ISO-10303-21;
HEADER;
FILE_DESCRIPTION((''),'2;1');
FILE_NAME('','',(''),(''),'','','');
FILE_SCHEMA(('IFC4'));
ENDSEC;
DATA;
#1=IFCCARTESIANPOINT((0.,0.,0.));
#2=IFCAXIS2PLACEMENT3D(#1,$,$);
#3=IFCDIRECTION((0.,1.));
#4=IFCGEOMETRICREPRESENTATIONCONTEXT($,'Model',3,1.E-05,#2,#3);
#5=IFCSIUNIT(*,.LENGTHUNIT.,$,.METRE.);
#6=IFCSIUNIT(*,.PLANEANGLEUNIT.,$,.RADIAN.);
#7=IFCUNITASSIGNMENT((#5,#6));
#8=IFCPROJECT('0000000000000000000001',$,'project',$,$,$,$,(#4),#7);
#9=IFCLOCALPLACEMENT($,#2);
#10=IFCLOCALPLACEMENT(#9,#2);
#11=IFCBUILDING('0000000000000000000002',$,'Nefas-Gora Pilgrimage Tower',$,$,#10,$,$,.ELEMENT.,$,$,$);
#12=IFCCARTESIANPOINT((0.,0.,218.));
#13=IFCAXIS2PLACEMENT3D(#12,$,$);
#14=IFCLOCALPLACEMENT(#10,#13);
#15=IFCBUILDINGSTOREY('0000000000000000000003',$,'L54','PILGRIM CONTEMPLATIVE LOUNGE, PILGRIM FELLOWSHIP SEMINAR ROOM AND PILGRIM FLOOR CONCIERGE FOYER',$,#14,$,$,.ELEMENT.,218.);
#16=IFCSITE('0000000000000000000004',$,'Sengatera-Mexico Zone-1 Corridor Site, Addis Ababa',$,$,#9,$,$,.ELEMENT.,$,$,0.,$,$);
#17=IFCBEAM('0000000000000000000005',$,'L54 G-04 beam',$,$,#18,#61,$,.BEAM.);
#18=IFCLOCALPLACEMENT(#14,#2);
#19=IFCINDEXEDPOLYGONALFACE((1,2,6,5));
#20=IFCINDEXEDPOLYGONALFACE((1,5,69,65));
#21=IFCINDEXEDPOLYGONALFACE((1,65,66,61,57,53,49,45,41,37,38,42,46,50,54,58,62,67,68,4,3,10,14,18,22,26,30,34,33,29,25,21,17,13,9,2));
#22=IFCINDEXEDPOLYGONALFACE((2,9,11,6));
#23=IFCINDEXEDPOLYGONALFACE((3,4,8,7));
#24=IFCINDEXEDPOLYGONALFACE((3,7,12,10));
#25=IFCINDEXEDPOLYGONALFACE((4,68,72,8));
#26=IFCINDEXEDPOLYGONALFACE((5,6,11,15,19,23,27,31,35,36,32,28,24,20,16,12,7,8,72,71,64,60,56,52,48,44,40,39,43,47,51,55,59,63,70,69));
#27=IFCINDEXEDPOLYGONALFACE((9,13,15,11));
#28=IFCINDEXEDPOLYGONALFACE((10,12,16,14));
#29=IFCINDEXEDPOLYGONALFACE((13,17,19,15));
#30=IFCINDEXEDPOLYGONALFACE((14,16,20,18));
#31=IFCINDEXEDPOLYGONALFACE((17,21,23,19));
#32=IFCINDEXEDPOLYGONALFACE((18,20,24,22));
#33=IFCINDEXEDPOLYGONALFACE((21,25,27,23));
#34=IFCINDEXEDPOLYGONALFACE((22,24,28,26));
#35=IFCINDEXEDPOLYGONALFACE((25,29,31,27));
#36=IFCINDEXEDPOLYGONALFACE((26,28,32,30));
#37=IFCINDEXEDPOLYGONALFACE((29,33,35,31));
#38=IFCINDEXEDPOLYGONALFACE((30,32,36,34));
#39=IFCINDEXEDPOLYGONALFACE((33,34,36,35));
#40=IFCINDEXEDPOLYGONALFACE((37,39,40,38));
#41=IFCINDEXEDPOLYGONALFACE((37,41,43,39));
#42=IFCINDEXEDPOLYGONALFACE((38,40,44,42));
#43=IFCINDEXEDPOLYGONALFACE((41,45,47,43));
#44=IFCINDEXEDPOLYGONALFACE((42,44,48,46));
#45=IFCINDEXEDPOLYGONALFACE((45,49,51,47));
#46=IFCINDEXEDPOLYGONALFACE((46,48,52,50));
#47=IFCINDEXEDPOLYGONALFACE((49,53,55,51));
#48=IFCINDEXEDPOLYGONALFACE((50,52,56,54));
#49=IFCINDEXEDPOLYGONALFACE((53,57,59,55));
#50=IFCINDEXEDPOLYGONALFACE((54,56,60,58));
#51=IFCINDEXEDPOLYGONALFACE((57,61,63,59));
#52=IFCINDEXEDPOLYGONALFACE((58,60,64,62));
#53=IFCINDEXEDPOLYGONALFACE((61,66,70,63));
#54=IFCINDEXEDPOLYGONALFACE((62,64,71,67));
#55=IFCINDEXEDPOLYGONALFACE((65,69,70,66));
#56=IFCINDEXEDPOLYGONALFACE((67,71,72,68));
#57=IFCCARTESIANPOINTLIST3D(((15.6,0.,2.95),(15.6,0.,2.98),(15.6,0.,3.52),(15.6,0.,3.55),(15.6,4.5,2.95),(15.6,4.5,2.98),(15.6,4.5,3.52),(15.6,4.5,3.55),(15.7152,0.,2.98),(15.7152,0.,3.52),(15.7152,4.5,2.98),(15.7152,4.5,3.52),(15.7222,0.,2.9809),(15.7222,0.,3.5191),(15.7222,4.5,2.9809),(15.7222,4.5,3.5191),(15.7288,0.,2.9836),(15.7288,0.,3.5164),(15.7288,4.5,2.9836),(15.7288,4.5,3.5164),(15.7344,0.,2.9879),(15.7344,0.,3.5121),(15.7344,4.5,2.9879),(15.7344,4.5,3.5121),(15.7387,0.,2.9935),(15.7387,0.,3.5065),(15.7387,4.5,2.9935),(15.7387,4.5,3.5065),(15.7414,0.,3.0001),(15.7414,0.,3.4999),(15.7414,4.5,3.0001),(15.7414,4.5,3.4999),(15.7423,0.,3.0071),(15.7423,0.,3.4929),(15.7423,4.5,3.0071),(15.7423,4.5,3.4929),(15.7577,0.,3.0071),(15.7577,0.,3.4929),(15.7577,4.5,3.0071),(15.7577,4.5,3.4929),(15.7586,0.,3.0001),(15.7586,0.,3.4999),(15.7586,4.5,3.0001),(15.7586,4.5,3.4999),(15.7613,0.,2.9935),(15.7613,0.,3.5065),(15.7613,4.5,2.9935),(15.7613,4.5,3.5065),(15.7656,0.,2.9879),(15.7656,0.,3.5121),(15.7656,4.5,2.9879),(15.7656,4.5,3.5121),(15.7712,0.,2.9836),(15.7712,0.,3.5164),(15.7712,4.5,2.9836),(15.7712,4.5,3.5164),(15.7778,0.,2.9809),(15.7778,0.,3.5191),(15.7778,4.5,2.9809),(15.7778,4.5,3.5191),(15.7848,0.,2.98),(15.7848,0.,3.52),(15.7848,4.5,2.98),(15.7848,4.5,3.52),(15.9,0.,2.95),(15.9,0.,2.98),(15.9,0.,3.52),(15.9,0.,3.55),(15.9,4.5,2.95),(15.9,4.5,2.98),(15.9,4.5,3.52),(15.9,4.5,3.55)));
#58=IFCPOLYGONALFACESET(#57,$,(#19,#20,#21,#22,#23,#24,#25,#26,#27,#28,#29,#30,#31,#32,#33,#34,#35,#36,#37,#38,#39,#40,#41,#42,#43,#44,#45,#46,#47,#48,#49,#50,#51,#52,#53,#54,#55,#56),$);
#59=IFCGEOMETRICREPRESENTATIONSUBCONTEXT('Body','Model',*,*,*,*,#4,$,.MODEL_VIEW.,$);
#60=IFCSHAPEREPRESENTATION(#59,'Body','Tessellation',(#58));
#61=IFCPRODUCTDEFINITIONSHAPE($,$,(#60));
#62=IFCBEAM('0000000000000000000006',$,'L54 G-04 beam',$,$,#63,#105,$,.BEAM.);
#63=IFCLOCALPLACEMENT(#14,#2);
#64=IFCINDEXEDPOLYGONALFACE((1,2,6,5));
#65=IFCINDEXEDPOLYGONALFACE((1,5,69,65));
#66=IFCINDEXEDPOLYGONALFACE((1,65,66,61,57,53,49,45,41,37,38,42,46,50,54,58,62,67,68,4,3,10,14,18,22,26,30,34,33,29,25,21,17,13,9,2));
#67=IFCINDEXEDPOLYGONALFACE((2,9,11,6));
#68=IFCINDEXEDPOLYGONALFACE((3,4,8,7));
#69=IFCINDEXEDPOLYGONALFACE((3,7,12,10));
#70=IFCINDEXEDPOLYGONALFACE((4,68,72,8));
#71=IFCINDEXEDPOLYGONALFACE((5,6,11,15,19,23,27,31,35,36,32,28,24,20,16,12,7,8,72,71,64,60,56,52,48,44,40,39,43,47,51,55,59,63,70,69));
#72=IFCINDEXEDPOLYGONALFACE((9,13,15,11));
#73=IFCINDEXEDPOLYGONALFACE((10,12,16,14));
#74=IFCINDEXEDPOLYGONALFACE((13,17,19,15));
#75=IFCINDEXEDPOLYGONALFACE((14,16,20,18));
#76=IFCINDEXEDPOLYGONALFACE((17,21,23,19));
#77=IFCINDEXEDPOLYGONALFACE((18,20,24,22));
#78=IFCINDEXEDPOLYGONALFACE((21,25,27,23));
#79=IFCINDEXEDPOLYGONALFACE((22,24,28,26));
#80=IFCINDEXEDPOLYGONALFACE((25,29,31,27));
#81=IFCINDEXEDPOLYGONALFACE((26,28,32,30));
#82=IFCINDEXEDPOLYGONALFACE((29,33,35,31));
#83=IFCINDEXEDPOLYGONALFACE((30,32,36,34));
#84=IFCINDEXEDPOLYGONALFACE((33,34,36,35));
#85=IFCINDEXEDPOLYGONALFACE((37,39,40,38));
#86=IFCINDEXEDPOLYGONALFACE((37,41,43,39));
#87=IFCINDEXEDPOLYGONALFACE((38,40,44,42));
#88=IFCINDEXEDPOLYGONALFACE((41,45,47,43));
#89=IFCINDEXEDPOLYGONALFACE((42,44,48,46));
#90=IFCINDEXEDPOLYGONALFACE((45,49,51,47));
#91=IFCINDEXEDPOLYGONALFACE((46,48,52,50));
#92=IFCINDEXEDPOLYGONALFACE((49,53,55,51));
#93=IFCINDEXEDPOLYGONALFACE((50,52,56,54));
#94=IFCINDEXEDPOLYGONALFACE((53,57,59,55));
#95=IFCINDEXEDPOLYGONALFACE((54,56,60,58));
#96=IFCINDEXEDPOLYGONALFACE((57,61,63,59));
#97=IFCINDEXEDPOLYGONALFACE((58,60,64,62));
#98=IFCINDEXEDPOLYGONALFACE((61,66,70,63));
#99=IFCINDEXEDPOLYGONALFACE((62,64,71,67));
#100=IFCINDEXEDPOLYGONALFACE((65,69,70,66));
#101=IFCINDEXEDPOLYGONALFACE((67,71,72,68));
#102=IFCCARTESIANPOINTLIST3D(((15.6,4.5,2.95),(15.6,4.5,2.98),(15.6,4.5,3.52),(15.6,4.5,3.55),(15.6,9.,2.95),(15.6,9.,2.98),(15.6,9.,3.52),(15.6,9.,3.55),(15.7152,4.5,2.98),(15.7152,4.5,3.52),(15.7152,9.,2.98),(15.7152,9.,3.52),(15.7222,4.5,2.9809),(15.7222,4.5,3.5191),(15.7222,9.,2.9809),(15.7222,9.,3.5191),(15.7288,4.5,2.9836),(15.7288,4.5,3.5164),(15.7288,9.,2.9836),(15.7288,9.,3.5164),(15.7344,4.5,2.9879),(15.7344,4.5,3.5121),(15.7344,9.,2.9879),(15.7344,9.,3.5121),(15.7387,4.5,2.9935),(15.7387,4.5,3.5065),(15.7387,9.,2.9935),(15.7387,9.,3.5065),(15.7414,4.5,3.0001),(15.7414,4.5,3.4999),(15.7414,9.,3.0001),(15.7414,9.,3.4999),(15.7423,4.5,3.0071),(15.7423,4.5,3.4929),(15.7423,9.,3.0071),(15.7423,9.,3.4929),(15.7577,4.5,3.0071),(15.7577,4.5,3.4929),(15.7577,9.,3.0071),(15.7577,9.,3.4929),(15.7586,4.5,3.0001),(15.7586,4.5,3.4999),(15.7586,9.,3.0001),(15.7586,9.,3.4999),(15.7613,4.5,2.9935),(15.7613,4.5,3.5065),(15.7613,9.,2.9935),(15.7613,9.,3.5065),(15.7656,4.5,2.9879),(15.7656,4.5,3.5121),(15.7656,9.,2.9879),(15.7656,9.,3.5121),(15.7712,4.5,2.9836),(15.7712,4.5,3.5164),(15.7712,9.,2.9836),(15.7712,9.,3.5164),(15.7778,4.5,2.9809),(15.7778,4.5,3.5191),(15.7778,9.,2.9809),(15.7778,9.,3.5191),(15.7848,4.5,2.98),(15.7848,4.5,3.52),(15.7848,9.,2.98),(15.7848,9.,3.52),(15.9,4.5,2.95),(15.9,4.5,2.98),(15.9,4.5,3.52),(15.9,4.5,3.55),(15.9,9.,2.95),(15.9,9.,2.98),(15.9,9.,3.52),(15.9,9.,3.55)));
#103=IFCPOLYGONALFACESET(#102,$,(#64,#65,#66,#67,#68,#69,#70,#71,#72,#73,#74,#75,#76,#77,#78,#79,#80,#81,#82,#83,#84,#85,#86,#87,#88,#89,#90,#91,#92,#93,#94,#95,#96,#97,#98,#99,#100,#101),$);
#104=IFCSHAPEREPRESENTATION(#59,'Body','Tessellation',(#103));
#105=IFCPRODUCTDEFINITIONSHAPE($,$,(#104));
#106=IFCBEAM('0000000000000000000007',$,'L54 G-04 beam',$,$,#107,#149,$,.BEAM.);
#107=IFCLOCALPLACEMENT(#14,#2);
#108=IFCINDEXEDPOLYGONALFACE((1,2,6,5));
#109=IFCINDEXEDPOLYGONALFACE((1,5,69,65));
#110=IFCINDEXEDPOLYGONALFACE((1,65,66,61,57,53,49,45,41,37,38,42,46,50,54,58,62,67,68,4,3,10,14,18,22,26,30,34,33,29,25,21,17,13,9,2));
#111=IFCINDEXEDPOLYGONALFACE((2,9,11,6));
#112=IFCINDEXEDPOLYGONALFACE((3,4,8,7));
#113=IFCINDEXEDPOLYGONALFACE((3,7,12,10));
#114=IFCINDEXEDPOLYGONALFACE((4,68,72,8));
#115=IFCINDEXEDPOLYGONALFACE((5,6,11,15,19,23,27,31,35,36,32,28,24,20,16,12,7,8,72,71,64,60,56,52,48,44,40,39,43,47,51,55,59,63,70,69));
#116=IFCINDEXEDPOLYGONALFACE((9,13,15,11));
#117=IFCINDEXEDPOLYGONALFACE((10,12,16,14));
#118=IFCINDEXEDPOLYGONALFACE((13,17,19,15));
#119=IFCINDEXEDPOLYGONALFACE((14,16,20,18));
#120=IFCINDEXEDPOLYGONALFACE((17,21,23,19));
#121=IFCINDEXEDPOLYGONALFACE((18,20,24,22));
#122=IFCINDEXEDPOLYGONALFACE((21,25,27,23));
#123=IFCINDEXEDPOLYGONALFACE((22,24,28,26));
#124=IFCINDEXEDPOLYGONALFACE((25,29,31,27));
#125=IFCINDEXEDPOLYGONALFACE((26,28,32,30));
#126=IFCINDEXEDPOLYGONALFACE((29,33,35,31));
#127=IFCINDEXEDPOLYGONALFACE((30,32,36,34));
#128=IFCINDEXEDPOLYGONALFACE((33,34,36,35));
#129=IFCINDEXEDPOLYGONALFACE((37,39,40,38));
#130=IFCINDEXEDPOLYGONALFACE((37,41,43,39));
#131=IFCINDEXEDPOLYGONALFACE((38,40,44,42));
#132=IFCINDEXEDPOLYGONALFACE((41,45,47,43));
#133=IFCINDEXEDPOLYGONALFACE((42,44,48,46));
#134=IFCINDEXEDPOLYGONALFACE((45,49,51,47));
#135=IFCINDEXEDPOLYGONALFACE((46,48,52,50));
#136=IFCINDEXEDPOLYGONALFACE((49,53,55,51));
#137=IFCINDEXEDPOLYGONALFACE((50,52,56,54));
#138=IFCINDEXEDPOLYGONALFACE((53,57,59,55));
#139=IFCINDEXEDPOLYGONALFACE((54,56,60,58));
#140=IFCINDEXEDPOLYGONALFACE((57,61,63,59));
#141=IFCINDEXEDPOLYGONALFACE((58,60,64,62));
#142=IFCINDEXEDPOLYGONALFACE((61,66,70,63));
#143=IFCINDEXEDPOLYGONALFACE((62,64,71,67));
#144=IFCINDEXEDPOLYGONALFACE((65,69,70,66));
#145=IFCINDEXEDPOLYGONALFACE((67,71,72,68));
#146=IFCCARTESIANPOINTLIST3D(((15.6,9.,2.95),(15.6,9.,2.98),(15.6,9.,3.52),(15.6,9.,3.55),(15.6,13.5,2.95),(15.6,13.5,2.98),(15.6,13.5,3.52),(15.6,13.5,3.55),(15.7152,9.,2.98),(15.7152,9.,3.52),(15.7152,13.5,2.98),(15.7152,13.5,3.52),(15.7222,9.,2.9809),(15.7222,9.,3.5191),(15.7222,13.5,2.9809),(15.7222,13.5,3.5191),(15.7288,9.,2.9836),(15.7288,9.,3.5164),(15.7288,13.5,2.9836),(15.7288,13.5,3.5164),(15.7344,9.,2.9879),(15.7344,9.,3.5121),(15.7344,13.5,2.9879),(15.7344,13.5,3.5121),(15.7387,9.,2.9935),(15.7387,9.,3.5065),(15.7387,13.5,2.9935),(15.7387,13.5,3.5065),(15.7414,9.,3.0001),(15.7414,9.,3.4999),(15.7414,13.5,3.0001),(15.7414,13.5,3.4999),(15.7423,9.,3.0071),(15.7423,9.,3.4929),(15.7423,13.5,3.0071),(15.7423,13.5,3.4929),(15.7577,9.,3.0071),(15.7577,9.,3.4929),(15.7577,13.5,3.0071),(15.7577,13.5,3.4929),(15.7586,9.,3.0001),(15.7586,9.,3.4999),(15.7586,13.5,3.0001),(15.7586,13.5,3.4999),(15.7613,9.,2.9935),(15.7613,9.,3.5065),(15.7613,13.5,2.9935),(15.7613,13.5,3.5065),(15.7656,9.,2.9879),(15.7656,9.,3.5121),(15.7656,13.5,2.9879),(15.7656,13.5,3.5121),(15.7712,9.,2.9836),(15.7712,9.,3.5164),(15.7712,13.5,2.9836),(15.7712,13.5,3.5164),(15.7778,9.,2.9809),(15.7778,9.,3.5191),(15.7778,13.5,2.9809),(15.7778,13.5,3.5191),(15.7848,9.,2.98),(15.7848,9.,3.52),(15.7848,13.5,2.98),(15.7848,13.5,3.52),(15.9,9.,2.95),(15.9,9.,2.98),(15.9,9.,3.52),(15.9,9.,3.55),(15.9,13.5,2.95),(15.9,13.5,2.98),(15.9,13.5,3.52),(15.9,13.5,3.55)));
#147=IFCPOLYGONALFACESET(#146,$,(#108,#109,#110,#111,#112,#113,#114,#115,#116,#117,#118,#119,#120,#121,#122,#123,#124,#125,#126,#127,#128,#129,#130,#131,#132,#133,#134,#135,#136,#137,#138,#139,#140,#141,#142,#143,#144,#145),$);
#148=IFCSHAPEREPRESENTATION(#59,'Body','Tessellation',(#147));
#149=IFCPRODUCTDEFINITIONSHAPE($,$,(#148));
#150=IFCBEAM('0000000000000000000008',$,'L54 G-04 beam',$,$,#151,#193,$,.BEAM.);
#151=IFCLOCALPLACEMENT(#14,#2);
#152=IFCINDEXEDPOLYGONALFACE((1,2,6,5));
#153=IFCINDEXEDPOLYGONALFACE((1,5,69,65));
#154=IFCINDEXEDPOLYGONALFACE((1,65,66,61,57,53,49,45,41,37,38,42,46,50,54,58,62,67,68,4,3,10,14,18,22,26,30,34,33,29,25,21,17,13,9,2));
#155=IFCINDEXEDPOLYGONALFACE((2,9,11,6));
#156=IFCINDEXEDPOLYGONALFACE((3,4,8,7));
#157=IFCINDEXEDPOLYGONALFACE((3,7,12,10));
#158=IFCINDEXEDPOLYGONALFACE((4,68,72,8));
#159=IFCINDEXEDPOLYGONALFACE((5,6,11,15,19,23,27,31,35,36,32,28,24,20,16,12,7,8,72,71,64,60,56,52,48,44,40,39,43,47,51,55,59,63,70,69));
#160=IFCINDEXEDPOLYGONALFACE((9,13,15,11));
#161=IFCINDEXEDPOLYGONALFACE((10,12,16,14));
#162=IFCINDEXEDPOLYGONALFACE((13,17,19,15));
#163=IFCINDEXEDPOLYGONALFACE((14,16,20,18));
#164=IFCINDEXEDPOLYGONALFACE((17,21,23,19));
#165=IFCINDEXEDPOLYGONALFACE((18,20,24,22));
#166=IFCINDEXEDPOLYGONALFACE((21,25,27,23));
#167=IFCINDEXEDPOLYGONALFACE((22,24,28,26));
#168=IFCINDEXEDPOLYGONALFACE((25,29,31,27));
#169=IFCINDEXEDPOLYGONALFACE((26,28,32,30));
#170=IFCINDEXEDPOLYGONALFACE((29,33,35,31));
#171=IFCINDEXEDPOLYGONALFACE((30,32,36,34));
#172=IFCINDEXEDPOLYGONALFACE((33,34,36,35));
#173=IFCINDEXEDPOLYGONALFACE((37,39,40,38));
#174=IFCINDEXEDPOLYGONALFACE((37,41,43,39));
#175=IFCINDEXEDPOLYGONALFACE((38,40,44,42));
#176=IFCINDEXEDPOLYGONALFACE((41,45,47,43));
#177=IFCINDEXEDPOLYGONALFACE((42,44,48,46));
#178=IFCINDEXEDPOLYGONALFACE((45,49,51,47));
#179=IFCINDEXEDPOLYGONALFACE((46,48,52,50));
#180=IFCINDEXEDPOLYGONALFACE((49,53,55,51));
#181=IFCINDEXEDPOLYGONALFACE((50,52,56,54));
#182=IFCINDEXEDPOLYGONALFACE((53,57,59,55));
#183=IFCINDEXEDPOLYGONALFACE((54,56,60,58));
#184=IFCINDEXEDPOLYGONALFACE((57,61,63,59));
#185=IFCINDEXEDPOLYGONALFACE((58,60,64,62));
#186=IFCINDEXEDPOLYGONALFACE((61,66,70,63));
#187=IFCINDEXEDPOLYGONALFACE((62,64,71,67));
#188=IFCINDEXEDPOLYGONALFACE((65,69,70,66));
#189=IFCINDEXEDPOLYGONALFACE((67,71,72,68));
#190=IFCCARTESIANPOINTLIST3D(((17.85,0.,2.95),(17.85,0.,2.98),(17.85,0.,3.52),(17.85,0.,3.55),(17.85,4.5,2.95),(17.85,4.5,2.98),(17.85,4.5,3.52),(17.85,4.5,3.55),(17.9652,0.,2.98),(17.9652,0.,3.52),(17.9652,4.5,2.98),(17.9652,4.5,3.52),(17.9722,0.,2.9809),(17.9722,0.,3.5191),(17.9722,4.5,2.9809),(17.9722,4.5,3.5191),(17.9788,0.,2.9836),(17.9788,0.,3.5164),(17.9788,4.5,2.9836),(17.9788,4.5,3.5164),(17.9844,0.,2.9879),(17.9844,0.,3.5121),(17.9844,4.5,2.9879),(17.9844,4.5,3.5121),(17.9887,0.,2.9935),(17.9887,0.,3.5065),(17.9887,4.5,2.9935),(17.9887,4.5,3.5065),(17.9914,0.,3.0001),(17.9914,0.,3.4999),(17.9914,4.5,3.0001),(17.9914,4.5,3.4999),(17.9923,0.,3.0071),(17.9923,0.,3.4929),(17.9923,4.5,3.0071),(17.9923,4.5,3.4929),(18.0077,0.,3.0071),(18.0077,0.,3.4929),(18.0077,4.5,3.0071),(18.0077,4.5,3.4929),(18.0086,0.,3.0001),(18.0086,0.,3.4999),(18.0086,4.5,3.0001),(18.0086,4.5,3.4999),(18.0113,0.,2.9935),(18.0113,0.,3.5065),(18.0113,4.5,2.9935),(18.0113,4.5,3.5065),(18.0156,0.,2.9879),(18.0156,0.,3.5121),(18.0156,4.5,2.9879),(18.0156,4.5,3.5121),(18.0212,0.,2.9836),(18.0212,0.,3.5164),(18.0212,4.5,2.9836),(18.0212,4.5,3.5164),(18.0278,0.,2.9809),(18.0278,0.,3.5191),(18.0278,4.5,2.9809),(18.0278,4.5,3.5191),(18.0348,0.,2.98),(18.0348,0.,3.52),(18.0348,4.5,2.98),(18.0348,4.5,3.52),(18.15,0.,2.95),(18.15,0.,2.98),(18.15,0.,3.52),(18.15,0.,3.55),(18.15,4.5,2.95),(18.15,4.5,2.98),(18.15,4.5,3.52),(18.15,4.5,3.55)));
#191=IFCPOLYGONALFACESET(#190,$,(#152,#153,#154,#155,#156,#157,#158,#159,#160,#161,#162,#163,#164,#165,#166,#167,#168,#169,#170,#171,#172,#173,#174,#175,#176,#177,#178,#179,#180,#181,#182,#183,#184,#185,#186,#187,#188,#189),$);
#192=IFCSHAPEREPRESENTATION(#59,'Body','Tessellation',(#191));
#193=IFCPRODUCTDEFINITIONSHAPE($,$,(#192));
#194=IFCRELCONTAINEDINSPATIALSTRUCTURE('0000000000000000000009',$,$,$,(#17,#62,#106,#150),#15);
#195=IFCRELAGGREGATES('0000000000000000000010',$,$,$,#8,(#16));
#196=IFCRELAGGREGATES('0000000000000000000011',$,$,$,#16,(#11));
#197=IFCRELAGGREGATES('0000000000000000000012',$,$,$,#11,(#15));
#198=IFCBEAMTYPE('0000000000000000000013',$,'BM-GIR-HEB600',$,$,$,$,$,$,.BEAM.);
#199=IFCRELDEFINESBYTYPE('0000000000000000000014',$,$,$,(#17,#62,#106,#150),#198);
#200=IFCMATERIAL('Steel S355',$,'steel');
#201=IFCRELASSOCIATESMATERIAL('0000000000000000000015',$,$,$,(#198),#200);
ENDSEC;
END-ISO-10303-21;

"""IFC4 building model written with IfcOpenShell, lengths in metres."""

from ifc_helpers import new_model, si_unit, direction, frame, origin, origin_2d, place, context, subcontext, project, spatial, i_section, extrude, source, transform, mapped, material, material_profile, profile_set, type_object, element, save


model = new_model("IFC4")

# Units and contexts
model_context = context("Model", 3, precision=1e-05, world=origin(), true_north=direction((0.0, 1.0)))
body_context = subcontext(model_context, "Body", "Model", "MODEL_VIEW")
ifc_project = project(units=[si_unit("LENGTHUNIT", "METRE"), si_unit("PLANEANGLEUNIT", "RADIAN")], contexts=[model_context])

# Site, building, storey
site_placement = place(None, origin())
site = spatial("IfcSite", under=ifc_project, at=site_placement, Name="Sengatera-Mexico Zone-1 Corridor Site, Addis Ababa", CompositionType="ELEMENT", RefElevation=0.0)
building_placement = place(site_placement, origin())
building = spatial("IfcBuilding", under=site, at=building_placement, Name="Nefas-Gora Pilgrimage Tower", CompositionType="ELEMENT")
storey_placement = place(building_placement, frame((0.0, 0.0, 218.0)))
storey = spatial("IfcBuildingStorey", under=building, at=storey_placement, Name="L54", Description="PILGRIM CONTEMPLATIVE LOUNGE, PILGRIM FELLOWSHIP SEMINAR ROOM AND PILGRIM FLOOR CONCIERGE FOYER", CompositionType="ELEMENT", Elevation=218.0)

# Beams
ifc_material_1 = material(Name="Steel S355", Category="steel")
ifc_material_profile_1 = material_profile(ifc_material_1, i_section(OverallWidth=0.3, OverallDepth=0.6001, WebThickness=0.0154, FlangeThickness=0.03, FilletRadius=0.0271, at=origin_2d()), Name="HEB 600")
ifc_profile_set_1 = profile_set([ifc_material_profile_1], Name="Steel S355")
beam_type_1 = type_object("IfcBeamType", Name="BM-GIR-HEB600", PredefinedType="BEAM", material=ifc_profile_set_1)
shared_shape_1 = source(origin(), body_context, "Body", "SweptSolid", [
    extrude(i_section(OverallWidth=0.3, OverallDepth=0.6001, WebThickness=0.0154, FlangeThickness=0.03, FilletRadius=0.0271, at=origin_2d()), origin(), (0.0, 0.0, 1.0), 4.5),
])
for number, where, z_axis, x_axis, name in (
    (1, (15.75, 0.0, 3.25), (0.0, 1.0, 0.0), (-1.0, 0.0, 0.0), "L54 G-04 beam"),
    (2, (15.75, 4.5, 3.25), (0.0, 1.0, 0.0), (-1.0, 0.0, 0.0), "L54 G-04 beam"),
    (3, (15.75, 9.0, 3.25), (0.0, 1.0, 0.0), (-1.0, 0.0, 0.0), "L54 G-04 beam"),
    (4, (18.0, 0.0, 3.25), (0.0, 1.0, 0.0), (-1.0, 0.0, 0.0), "L54 G-04 beam"),
):
    element("IfcBeam", number, at=place(storey_placement, frame(where, z_axis=z_axis, x_axis=x_axis)), inside=storey, type_object=beam_type_1, Name=name, PredefinedType="BEAM", context=body_context, shape_type="MappedRepresentation", body=[
        mapped(shared_shape_1, transform((0.0, 0.0, 0.0), x_axis=(1.0, 0.0, 0.0), y_axis=(0.0, 1.0, 0.0), z_axis=(0.0, 0.0, 1.0), scale=1.0)),
    ])

save(model, "model.ifc")
